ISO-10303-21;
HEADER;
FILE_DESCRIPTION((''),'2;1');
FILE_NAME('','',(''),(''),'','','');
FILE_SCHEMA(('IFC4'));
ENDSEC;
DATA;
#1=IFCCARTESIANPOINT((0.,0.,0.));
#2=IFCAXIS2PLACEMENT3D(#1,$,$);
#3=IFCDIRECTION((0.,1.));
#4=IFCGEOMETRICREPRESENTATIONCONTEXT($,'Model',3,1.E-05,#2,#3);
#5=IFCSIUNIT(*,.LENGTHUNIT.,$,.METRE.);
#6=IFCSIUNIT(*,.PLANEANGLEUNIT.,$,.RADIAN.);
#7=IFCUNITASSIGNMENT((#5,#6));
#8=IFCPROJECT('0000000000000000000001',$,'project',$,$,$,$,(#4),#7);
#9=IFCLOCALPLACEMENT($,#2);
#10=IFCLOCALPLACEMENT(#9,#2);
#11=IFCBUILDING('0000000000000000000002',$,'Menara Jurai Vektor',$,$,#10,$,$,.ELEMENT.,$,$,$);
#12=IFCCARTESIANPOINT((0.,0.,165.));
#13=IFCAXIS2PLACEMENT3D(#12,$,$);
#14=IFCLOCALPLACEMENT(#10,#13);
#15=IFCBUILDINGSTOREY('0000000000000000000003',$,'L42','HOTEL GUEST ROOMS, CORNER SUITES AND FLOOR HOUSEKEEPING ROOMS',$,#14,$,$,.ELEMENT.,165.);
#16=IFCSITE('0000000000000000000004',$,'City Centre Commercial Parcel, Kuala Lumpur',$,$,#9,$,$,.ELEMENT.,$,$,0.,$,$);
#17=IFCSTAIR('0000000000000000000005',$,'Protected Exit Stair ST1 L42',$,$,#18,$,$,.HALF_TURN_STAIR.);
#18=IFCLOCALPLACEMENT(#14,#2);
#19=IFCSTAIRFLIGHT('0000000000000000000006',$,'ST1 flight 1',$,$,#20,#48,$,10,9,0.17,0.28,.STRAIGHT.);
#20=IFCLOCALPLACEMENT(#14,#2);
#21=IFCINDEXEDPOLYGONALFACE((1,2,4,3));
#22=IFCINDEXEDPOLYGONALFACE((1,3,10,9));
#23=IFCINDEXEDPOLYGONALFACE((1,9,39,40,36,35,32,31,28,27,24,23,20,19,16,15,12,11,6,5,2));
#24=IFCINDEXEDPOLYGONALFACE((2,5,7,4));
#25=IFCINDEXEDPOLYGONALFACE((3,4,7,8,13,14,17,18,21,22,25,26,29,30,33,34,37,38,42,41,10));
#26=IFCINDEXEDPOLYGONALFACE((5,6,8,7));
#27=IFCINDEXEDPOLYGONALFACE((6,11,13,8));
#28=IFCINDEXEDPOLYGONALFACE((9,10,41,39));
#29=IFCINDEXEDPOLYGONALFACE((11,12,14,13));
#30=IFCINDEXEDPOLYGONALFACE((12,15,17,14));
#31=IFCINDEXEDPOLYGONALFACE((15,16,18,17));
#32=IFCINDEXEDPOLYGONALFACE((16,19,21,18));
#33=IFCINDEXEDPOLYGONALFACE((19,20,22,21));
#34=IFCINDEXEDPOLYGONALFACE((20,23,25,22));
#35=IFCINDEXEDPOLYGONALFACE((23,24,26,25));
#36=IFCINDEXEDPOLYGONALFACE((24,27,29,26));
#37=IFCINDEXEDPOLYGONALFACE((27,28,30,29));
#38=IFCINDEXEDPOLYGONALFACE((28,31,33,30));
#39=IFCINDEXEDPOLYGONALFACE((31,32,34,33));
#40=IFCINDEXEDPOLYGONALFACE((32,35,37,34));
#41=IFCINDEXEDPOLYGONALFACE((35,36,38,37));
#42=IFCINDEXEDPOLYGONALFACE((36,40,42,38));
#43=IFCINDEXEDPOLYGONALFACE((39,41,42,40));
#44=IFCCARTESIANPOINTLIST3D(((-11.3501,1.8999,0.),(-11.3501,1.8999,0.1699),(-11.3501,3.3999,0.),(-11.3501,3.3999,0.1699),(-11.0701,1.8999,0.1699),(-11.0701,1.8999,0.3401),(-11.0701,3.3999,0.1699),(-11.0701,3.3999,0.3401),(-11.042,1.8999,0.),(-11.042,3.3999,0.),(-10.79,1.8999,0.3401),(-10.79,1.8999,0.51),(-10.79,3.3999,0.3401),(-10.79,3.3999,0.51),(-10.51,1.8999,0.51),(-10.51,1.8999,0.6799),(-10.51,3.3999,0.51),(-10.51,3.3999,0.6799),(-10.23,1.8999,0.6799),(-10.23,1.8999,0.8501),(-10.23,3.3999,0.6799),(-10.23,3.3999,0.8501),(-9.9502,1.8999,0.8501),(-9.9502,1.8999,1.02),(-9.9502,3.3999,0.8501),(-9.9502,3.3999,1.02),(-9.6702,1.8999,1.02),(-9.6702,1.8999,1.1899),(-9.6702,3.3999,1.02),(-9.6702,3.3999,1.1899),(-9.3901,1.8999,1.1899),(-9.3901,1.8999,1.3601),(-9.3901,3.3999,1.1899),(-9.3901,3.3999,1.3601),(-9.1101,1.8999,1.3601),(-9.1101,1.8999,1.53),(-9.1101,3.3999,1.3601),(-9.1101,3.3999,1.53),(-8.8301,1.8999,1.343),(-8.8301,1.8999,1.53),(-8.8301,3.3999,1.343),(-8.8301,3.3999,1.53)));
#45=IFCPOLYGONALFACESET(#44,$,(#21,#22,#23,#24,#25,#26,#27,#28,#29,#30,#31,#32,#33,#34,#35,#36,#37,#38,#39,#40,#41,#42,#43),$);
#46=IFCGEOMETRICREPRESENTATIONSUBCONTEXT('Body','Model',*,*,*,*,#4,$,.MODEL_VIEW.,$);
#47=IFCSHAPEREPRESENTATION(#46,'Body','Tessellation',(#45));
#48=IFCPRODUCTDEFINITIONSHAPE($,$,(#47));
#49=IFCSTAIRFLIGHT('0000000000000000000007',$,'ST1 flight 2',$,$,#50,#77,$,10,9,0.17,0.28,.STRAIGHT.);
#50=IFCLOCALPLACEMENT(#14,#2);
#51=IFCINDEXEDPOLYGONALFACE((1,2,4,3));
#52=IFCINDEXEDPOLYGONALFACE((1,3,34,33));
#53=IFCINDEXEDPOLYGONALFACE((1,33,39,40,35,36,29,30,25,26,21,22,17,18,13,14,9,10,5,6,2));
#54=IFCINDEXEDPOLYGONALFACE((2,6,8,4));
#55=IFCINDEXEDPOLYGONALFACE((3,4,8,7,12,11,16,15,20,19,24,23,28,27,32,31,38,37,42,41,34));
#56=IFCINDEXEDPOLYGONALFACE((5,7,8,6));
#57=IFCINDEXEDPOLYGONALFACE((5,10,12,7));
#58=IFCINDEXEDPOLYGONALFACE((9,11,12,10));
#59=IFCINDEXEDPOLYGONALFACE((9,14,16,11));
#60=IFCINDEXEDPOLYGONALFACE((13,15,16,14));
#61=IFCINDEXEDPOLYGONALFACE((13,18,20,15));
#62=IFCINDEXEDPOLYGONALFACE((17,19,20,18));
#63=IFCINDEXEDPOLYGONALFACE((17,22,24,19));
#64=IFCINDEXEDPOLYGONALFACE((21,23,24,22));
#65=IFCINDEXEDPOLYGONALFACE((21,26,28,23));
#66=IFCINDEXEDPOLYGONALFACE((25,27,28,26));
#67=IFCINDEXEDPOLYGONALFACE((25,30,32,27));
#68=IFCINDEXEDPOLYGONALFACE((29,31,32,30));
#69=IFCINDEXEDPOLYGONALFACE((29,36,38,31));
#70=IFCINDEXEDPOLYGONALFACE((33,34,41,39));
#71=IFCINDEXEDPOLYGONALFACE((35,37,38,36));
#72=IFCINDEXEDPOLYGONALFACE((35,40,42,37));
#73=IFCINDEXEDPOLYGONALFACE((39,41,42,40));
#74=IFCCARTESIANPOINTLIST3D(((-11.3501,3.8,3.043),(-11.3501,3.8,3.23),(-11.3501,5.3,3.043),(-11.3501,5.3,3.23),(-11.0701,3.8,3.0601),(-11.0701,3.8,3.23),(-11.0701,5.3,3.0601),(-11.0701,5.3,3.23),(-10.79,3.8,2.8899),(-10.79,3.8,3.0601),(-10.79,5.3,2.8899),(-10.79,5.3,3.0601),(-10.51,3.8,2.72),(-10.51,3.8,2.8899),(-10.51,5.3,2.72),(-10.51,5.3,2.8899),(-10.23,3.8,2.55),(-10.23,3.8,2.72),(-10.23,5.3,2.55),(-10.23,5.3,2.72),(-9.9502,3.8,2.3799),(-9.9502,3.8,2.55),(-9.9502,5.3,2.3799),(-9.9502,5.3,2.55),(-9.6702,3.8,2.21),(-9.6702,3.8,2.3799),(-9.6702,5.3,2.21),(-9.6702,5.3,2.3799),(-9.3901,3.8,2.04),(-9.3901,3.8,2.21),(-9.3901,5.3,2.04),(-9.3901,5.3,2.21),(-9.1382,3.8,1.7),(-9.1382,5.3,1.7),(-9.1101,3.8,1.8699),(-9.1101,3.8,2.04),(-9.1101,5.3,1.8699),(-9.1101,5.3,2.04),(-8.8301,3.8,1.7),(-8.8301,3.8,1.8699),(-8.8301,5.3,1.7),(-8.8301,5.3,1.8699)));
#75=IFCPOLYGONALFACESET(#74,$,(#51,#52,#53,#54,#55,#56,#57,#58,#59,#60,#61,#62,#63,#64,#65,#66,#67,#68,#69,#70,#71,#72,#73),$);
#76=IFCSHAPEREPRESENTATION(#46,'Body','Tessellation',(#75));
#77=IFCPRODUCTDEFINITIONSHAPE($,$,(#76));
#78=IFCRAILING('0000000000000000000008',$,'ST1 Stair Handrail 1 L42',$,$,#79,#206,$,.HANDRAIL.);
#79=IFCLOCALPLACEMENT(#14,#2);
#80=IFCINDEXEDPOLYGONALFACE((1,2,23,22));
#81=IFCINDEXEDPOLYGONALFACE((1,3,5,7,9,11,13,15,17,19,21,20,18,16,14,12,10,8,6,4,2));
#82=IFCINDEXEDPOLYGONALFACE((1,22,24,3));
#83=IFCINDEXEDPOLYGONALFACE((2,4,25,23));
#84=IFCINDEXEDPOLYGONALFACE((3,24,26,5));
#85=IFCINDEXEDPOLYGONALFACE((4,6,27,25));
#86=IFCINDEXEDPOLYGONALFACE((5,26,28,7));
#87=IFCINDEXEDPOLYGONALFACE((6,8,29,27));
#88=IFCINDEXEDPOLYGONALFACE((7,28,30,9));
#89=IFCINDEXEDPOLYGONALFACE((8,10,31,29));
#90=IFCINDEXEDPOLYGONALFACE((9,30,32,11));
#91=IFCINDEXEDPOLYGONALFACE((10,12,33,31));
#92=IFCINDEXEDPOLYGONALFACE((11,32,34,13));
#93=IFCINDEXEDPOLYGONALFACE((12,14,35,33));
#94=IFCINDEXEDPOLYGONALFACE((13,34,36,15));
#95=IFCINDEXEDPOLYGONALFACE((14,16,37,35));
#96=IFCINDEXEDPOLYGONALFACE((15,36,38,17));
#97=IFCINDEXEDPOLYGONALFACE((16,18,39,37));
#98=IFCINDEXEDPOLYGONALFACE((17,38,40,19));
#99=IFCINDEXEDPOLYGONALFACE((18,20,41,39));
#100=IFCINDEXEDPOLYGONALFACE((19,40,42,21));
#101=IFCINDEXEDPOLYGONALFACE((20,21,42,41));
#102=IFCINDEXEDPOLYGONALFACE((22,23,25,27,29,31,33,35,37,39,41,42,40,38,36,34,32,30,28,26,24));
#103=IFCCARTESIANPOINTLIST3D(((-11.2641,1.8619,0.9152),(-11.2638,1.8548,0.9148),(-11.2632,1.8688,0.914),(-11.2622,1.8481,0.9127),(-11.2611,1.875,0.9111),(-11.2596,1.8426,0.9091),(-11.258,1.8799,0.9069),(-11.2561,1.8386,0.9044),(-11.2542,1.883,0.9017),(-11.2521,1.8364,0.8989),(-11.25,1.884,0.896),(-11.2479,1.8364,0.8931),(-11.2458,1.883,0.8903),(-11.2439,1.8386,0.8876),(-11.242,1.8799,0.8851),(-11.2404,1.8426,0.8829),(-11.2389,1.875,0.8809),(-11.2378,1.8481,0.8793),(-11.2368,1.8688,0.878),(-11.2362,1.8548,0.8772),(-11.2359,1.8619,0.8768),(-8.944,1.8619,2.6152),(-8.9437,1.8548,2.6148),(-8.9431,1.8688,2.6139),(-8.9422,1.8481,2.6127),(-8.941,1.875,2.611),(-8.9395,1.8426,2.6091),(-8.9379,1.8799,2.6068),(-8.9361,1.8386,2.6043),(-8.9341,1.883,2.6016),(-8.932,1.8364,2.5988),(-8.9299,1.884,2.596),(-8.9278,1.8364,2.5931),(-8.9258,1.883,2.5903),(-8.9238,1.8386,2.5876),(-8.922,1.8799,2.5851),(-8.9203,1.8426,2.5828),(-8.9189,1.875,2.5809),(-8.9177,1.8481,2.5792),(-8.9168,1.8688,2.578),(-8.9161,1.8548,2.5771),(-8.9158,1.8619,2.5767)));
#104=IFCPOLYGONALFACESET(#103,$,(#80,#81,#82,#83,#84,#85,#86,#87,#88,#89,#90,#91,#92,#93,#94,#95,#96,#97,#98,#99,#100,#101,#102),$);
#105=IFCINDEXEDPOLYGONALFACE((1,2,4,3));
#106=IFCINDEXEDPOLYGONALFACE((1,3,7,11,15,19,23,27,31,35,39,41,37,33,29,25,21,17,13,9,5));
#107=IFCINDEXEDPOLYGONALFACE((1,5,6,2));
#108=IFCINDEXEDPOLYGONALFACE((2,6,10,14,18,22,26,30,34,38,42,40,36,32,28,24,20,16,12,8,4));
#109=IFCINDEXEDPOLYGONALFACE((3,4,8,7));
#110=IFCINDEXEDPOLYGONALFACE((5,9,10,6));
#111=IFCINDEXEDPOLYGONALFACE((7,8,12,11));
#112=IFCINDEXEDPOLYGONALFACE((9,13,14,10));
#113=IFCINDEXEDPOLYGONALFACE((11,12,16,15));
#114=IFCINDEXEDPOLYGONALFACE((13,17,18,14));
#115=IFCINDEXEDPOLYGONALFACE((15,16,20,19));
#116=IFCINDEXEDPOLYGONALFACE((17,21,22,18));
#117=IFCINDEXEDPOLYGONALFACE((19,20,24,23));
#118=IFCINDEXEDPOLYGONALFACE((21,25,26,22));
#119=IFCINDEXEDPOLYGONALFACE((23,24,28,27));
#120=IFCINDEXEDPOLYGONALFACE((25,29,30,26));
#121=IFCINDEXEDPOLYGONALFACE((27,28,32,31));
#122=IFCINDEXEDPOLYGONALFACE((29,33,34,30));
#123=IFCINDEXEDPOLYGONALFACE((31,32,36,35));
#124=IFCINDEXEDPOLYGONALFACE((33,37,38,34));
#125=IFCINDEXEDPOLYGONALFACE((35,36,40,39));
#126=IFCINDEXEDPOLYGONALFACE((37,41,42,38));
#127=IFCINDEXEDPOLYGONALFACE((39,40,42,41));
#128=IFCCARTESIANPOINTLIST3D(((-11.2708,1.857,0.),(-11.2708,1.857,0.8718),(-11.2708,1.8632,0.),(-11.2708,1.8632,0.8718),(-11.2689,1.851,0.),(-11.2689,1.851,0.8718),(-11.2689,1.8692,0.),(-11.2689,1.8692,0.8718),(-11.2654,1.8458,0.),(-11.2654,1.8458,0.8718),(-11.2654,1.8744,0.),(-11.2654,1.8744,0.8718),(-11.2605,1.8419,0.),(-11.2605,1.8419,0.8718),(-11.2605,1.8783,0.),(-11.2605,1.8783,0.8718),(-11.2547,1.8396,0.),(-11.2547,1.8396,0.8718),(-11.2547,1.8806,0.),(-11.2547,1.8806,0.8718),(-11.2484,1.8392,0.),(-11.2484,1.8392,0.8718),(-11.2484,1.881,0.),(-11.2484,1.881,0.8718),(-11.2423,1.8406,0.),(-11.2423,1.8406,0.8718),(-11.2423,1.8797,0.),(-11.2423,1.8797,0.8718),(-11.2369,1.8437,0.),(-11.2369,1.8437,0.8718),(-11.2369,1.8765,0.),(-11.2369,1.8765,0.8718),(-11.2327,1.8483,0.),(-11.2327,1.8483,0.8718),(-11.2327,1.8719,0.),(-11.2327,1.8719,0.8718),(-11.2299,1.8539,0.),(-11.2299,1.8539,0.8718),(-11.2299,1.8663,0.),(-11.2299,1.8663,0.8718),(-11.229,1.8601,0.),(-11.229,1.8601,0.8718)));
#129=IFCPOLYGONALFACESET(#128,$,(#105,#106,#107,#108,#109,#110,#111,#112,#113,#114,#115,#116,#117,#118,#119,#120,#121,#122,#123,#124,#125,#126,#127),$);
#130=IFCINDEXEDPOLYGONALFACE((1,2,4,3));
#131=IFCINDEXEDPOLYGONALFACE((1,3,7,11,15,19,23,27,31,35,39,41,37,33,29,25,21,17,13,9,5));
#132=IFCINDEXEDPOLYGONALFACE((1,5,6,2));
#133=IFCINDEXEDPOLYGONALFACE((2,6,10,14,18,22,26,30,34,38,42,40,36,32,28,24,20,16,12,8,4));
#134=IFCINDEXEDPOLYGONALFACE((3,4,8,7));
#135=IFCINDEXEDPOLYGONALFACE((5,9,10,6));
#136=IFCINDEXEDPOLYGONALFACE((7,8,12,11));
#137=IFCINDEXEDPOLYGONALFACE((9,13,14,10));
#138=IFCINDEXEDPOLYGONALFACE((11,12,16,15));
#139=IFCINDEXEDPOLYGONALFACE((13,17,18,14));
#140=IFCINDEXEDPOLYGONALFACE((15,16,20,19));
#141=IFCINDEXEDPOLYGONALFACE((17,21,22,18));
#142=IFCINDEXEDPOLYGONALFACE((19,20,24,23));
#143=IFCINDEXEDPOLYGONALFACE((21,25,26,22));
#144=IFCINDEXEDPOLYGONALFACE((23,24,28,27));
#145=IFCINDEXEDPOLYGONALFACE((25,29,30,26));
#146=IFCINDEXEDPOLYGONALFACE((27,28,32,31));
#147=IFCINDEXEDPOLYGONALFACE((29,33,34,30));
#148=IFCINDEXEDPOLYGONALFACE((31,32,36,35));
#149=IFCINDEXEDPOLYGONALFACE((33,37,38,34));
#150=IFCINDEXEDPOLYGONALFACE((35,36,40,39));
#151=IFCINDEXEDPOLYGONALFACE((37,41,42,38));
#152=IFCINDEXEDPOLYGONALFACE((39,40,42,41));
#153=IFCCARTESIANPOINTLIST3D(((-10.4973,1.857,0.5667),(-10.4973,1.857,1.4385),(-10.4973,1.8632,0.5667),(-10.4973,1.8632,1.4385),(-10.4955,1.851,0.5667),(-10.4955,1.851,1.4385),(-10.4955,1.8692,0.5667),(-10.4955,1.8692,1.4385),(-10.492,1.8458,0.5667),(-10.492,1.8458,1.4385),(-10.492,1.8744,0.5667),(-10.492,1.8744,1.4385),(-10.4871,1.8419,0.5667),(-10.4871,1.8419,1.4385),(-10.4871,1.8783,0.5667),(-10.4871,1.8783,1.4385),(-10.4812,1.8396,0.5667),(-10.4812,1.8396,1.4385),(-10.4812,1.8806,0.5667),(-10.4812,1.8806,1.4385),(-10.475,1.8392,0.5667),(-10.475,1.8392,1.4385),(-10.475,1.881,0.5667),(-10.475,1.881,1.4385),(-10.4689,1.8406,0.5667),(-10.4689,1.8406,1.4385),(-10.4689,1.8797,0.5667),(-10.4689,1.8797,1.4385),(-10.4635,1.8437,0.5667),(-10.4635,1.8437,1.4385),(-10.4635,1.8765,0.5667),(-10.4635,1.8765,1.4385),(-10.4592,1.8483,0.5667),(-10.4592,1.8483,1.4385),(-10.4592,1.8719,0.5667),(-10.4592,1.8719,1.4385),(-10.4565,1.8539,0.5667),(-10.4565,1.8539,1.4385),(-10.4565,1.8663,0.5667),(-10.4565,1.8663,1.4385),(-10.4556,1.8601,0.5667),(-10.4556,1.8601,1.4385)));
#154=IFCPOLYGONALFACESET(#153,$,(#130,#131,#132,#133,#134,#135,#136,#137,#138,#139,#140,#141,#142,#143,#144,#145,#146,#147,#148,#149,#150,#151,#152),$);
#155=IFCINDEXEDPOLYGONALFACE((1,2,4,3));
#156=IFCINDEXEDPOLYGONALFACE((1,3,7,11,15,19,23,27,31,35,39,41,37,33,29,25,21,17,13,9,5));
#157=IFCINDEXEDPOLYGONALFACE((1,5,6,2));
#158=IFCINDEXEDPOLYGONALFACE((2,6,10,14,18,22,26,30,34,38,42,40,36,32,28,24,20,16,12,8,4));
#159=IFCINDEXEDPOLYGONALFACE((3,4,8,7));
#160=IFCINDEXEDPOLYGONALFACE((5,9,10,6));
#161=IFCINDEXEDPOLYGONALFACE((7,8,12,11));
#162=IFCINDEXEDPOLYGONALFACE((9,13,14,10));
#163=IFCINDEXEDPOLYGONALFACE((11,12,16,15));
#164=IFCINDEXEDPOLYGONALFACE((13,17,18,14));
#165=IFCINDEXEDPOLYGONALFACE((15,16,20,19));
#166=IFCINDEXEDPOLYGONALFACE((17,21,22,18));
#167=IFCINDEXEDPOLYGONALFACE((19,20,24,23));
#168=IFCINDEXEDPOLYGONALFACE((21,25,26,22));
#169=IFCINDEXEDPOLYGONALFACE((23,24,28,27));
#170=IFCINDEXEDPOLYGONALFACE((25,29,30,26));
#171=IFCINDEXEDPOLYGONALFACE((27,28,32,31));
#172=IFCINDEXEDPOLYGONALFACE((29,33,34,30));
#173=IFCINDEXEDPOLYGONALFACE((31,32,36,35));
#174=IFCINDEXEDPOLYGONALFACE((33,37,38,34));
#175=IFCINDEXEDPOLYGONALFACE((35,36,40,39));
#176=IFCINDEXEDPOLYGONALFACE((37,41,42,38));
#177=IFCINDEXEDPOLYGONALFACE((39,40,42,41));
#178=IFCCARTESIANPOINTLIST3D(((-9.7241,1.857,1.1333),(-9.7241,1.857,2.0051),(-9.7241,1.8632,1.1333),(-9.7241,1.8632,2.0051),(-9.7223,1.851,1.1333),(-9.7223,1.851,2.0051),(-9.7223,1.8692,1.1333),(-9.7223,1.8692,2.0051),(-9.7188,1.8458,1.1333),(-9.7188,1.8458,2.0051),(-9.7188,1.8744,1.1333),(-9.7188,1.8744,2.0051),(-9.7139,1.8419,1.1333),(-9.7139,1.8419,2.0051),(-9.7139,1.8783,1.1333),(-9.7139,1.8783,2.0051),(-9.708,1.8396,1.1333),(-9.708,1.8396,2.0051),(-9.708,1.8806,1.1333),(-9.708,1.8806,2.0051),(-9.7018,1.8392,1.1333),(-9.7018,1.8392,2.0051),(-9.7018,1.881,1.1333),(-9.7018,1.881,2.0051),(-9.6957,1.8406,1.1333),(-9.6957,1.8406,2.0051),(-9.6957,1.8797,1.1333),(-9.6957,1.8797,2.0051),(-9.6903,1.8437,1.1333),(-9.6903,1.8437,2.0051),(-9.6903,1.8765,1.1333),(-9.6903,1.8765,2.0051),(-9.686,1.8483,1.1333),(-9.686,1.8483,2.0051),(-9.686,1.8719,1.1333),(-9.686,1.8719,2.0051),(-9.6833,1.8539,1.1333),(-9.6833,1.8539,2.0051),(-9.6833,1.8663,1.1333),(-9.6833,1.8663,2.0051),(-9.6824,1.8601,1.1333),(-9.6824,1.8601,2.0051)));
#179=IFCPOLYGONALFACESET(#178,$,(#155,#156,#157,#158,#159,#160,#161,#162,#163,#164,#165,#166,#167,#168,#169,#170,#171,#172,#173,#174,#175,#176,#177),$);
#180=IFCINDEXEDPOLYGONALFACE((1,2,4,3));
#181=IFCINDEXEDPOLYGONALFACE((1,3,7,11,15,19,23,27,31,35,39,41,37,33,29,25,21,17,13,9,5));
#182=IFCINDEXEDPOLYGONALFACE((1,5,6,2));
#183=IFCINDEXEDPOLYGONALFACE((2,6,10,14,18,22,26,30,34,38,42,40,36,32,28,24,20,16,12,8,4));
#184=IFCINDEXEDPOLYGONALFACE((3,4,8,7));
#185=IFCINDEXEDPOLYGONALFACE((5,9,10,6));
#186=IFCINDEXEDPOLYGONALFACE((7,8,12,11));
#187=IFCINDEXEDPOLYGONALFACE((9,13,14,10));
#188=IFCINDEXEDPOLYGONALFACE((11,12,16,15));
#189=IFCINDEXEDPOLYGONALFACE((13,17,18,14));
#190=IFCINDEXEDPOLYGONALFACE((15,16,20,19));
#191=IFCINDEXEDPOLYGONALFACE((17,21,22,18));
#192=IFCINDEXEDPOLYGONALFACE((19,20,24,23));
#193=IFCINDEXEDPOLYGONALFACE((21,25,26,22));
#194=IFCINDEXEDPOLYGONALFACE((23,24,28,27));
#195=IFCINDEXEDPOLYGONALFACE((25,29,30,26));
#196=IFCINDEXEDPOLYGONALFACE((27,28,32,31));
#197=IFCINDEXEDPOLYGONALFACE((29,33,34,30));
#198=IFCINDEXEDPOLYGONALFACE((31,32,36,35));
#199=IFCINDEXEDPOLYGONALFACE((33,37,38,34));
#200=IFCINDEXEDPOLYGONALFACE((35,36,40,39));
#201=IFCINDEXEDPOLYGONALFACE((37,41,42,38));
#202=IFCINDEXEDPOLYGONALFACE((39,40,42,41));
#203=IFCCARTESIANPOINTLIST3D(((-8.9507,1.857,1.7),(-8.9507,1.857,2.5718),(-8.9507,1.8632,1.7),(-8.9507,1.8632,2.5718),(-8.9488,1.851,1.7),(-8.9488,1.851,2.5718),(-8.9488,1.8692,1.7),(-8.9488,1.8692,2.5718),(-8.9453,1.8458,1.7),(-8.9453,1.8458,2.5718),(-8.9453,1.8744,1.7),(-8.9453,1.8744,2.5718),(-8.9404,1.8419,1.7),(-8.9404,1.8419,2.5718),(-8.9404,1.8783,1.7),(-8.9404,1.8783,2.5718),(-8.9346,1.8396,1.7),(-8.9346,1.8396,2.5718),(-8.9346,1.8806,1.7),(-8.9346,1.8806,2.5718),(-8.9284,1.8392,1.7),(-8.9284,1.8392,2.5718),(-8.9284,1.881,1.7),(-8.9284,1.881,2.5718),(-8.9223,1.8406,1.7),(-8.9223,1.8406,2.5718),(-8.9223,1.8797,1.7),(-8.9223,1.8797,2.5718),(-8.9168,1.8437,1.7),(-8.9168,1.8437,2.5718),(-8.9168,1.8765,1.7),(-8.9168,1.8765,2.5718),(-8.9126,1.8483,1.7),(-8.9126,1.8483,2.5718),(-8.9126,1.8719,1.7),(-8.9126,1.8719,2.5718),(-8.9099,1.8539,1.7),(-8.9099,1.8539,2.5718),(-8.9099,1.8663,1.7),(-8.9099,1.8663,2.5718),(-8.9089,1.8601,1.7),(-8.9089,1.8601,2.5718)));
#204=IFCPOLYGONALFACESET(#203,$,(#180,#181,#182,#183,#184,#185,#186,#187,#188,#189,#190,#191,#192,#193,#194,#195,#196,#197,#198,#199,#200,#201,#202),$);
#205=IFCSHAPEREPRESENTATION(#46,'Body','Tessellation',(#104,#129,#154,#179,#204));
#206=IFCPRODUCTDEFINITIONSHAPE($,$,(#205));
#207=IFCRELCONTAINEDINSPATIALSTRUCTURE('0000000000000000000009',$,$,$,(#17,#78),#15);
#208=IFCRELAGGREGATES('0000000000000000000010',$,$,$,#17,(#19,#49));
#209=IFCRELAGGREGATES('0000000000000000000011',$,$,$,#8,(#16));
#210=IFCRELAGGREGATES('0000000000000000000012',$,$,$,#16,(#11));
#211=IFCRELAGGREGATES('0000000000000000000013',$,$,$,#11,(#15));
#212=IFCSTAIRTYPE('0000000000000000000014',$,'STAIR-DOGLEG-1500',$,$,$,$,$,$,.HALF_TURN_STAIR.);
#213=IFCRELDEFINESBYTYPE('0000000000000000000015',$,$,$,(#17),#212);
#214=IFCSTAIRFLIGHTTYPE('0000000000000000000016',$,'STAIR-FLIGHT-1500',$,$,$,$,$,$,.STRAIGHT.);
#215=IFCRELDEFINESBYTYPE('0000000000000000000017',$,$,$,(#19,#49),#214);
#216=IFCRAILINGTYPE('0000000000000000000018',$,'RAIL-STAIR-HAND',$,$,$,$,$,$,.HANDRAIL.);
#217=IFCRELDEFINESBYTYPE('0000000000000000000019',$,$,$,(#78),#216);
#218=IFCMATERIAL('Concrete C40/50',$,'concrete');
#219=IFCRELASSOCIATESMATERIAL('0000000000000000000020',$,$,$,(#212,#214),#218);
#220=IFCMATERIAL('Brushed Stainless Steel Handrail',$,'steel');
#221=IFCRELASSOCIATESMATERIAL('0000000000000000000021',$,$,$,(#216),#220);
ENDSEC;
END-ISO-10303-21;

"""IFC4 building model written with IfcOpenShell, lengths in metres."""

from ifc_helpers import new_model, si_unit, direction, frame, origin, origin_2d, place, context, subcontext, project, spatial, polyline, circle, outline, extrude, material, type_object, element, aggregate, save


model = new_model("IFC4")

# Units and contexts
model_context = context("Model", 3, precision=1e-05, world=origin(), true_north=direction((0.0, 1.0)))
body_context = subcontext(model_context, "Body", "Model", "MODEL_VIEW")
ifc_project = project(units=[si_unit("LENGTHUNIT", "METRE"), si_unit("PLANEANGLEUNIT", "RADIAN")], contexts=[model_context])

# Site, building, storey
site_placement = place(None, origin())
site = spatial("IfcSite", under=ifc_project, at=site_placement, Name="City Centre Commercial Parcel, Kuala Lumpur", CompositionType="ELEMENT", RefElevation=0.0)
building_placement = place(site_placement, origin())
building = spatial("IfcBuilding", under=site, at=building_placement, Name="Menara Jurai Vektor", CompositionType="ELEMENT")
storey_placement = place(building_placement, frame((0.0, 0.0, 165.0)))
storey = spatial("IfcBuildingStorey", under=building, at=storey_placement, Name="L42", Description="HOTEL GUEST ROOMS, CORNER SUITES AND FLOOR HOUSEKEEPING ROOMS", CompositionType="ELEMENT", Elevation=165.0)

# Shared definitions
ifc_material_1 = material(Name="Concrete C40/50", Category="concrete")

# Stair, stair flights
stair_type = type_object("IfcStairType", Name="STAIR-DOGLEG-1500", PredefinedType="HALF_TURN_STAIR", material=ifc_material_1)
stair_placement = place(storey_placement, origin())
stair = element("IfcStair", 1, at=stair_placement, inside=storey, type_object=stair_type, Name="Protected Exit Stair ST1 L42", PredefinedType="HALF_TURN_STAIR")
stair_flight_type = type_object("IfcStairFlightType", Name="STAIR-FLIGHT-1500", PredefinedType="STRAIGHT", material=ifc_material_1)
stair_flight_1_placement = place(storey_placement, frame((-11.3501, 2.6499, 0.0), z_axis=(0.0, 0.0, 1.0), x_axis=(1.0, 0.0, 0.0)))
stair_flight_1 = element("IfcStairFlight", 2, at=stair_flight_1_placement, type_object=stair_flight_type, Name="ST1 flight 1", NumberOfRisers=10, NumberOfTreads=9, PredefinedType="STRAIGHT", RiserHeight=0.17, TreadLength=0.28, context=body_context, shape_type="SweptSolid", body=[
    extrude(outline(polyline([(0.0, 0.0), (0.0, 0.1699), (0.28, 0.1699), (0.28, 0.3401), (0.5601, 0.3401), (0.5601, 0.51), (0.8401, 0.51), (0.8401, 0.6799), (1.1201, 0.6799), (1.1201, 0.8501), (1.3999, 0.8501), (1.3999, 1.02), (1.6799, 1.02), (1.6799, 1.1899), (1.96, 1.1899), (1.96, 1.3601), (2.24, 1.3601), (2.24, 1.53), (2.52, 1.53), (2.52, 1.7), (2.52, 1.343), (0.3081, 0.0), (0.0, 0.0)])), frame((0.0, 0.75, 0.0), z_axis=(0.0, -1.0, 0.0), x_axis=(1.0, 0.0, 0.0)), (0.0, 0.0, 1.0), 1.5),
])
stair_flight_2_placement = place(storey_placement, frame((-8.8301, 4.55, 1.7), z_axis=(0.0, 0.0, 1.0), x_axis=(-1.0, 0.0, 0.0)))
stair_flight_2 = element("IfcStairFlight", 3, at=stair_flight_2_placement, type_object=stair_flight_type, Name="ST1 flight 2", NumberOfRisers=10, NumberOfTreads=9, PredefinedType="STRAIGHT", RiserHeight=0.17, TreadLength=0.28, context=body_context, shape_type="SweptSolid", body=[
    extrude(outline(polyline([(0.0, 0.0), (0.0, 0.1699), (0.28, 0.1699), (0.28, 0.3401), (0.5601, 0.3401), (0.5601, 0.51), (0.8401, 0.51), (0.8401, 0.6799), (1.1201, 0.6799), (1.1201, 0.8501), (1.3999, 0.8501), (1.3999, 1.02), (1.6799, 1.02), (1.6799, 1.1899), (1.96, 1.1899), (1.96, 1.3601), (2.24, 1.3601), (2.24, 1.53), (2.52, 1.53), (2.52, 1.7), (2.52, 1.343), (0.3081, 0.0), (0.0, 0.0)])), frame((0.0, 0.75, 0.0), z_axis=(0.0, -1.0, 0.0), x_axis=(1.0, 0.0, 0.0)), (0.0, 0.0, 1.0), 1.5),
])
aggregate(stair, [stair_flight_1, stair_flight_2])

# Railing
ifc_material_2 = material(Name="Brushed Stainless Steel Handrail", Category="steel")
railing_type_1 = type_object("IfcRailingType", Name="RAIL-STAIR-HAND", PredefinedType="HANDRAIL", material=ifc_material_2)
railing_1_placement = place(storey_placement, frame((-11.25, 1.8601, 0.0)))
element("IfcRailing", 4, at=railing_1_placement, inside=storey, type_object=railing_type_1, Name="ST1 Stair Handrail 1 L42", PredefinedType="HANDRAIL", context=body_context, shape_type="SweptSolid", body=[
    extrude(circle(Radius=0.0239, at=origin_2d()), frame((0.0, 0.0, 0.896), z_axis=(0.806642, 0.0, 0.59104), x_axis=(0.0, 1.0, 0.0)), (0.0, 0.0, 1.0), 2.8762),
    extrude(circle(Radius=0.021, at=origin_2d()), origin(), (0.0, 0.0, 1.0), 0.8718),
    extrude(circle(Radius=0.021, at=origin_2d()), frame((0.7734, 0.0, 0.5667)), (0.0, 0.0, 1.0), 0.8718),
    extrude(circle(Radius=0.021, at=origin_2d()), frame((1.5466, 0.0, 1.1333)), (0.0, 0.0, 1.0), 0.8718),
    extrude(circle(Radius=0.021, at=origin_2d()), frame((2.3201, 0.0, 1.7)), (0.0, 0.0, 1.0), 0.8718),
])

save(model, "model.ifc")
